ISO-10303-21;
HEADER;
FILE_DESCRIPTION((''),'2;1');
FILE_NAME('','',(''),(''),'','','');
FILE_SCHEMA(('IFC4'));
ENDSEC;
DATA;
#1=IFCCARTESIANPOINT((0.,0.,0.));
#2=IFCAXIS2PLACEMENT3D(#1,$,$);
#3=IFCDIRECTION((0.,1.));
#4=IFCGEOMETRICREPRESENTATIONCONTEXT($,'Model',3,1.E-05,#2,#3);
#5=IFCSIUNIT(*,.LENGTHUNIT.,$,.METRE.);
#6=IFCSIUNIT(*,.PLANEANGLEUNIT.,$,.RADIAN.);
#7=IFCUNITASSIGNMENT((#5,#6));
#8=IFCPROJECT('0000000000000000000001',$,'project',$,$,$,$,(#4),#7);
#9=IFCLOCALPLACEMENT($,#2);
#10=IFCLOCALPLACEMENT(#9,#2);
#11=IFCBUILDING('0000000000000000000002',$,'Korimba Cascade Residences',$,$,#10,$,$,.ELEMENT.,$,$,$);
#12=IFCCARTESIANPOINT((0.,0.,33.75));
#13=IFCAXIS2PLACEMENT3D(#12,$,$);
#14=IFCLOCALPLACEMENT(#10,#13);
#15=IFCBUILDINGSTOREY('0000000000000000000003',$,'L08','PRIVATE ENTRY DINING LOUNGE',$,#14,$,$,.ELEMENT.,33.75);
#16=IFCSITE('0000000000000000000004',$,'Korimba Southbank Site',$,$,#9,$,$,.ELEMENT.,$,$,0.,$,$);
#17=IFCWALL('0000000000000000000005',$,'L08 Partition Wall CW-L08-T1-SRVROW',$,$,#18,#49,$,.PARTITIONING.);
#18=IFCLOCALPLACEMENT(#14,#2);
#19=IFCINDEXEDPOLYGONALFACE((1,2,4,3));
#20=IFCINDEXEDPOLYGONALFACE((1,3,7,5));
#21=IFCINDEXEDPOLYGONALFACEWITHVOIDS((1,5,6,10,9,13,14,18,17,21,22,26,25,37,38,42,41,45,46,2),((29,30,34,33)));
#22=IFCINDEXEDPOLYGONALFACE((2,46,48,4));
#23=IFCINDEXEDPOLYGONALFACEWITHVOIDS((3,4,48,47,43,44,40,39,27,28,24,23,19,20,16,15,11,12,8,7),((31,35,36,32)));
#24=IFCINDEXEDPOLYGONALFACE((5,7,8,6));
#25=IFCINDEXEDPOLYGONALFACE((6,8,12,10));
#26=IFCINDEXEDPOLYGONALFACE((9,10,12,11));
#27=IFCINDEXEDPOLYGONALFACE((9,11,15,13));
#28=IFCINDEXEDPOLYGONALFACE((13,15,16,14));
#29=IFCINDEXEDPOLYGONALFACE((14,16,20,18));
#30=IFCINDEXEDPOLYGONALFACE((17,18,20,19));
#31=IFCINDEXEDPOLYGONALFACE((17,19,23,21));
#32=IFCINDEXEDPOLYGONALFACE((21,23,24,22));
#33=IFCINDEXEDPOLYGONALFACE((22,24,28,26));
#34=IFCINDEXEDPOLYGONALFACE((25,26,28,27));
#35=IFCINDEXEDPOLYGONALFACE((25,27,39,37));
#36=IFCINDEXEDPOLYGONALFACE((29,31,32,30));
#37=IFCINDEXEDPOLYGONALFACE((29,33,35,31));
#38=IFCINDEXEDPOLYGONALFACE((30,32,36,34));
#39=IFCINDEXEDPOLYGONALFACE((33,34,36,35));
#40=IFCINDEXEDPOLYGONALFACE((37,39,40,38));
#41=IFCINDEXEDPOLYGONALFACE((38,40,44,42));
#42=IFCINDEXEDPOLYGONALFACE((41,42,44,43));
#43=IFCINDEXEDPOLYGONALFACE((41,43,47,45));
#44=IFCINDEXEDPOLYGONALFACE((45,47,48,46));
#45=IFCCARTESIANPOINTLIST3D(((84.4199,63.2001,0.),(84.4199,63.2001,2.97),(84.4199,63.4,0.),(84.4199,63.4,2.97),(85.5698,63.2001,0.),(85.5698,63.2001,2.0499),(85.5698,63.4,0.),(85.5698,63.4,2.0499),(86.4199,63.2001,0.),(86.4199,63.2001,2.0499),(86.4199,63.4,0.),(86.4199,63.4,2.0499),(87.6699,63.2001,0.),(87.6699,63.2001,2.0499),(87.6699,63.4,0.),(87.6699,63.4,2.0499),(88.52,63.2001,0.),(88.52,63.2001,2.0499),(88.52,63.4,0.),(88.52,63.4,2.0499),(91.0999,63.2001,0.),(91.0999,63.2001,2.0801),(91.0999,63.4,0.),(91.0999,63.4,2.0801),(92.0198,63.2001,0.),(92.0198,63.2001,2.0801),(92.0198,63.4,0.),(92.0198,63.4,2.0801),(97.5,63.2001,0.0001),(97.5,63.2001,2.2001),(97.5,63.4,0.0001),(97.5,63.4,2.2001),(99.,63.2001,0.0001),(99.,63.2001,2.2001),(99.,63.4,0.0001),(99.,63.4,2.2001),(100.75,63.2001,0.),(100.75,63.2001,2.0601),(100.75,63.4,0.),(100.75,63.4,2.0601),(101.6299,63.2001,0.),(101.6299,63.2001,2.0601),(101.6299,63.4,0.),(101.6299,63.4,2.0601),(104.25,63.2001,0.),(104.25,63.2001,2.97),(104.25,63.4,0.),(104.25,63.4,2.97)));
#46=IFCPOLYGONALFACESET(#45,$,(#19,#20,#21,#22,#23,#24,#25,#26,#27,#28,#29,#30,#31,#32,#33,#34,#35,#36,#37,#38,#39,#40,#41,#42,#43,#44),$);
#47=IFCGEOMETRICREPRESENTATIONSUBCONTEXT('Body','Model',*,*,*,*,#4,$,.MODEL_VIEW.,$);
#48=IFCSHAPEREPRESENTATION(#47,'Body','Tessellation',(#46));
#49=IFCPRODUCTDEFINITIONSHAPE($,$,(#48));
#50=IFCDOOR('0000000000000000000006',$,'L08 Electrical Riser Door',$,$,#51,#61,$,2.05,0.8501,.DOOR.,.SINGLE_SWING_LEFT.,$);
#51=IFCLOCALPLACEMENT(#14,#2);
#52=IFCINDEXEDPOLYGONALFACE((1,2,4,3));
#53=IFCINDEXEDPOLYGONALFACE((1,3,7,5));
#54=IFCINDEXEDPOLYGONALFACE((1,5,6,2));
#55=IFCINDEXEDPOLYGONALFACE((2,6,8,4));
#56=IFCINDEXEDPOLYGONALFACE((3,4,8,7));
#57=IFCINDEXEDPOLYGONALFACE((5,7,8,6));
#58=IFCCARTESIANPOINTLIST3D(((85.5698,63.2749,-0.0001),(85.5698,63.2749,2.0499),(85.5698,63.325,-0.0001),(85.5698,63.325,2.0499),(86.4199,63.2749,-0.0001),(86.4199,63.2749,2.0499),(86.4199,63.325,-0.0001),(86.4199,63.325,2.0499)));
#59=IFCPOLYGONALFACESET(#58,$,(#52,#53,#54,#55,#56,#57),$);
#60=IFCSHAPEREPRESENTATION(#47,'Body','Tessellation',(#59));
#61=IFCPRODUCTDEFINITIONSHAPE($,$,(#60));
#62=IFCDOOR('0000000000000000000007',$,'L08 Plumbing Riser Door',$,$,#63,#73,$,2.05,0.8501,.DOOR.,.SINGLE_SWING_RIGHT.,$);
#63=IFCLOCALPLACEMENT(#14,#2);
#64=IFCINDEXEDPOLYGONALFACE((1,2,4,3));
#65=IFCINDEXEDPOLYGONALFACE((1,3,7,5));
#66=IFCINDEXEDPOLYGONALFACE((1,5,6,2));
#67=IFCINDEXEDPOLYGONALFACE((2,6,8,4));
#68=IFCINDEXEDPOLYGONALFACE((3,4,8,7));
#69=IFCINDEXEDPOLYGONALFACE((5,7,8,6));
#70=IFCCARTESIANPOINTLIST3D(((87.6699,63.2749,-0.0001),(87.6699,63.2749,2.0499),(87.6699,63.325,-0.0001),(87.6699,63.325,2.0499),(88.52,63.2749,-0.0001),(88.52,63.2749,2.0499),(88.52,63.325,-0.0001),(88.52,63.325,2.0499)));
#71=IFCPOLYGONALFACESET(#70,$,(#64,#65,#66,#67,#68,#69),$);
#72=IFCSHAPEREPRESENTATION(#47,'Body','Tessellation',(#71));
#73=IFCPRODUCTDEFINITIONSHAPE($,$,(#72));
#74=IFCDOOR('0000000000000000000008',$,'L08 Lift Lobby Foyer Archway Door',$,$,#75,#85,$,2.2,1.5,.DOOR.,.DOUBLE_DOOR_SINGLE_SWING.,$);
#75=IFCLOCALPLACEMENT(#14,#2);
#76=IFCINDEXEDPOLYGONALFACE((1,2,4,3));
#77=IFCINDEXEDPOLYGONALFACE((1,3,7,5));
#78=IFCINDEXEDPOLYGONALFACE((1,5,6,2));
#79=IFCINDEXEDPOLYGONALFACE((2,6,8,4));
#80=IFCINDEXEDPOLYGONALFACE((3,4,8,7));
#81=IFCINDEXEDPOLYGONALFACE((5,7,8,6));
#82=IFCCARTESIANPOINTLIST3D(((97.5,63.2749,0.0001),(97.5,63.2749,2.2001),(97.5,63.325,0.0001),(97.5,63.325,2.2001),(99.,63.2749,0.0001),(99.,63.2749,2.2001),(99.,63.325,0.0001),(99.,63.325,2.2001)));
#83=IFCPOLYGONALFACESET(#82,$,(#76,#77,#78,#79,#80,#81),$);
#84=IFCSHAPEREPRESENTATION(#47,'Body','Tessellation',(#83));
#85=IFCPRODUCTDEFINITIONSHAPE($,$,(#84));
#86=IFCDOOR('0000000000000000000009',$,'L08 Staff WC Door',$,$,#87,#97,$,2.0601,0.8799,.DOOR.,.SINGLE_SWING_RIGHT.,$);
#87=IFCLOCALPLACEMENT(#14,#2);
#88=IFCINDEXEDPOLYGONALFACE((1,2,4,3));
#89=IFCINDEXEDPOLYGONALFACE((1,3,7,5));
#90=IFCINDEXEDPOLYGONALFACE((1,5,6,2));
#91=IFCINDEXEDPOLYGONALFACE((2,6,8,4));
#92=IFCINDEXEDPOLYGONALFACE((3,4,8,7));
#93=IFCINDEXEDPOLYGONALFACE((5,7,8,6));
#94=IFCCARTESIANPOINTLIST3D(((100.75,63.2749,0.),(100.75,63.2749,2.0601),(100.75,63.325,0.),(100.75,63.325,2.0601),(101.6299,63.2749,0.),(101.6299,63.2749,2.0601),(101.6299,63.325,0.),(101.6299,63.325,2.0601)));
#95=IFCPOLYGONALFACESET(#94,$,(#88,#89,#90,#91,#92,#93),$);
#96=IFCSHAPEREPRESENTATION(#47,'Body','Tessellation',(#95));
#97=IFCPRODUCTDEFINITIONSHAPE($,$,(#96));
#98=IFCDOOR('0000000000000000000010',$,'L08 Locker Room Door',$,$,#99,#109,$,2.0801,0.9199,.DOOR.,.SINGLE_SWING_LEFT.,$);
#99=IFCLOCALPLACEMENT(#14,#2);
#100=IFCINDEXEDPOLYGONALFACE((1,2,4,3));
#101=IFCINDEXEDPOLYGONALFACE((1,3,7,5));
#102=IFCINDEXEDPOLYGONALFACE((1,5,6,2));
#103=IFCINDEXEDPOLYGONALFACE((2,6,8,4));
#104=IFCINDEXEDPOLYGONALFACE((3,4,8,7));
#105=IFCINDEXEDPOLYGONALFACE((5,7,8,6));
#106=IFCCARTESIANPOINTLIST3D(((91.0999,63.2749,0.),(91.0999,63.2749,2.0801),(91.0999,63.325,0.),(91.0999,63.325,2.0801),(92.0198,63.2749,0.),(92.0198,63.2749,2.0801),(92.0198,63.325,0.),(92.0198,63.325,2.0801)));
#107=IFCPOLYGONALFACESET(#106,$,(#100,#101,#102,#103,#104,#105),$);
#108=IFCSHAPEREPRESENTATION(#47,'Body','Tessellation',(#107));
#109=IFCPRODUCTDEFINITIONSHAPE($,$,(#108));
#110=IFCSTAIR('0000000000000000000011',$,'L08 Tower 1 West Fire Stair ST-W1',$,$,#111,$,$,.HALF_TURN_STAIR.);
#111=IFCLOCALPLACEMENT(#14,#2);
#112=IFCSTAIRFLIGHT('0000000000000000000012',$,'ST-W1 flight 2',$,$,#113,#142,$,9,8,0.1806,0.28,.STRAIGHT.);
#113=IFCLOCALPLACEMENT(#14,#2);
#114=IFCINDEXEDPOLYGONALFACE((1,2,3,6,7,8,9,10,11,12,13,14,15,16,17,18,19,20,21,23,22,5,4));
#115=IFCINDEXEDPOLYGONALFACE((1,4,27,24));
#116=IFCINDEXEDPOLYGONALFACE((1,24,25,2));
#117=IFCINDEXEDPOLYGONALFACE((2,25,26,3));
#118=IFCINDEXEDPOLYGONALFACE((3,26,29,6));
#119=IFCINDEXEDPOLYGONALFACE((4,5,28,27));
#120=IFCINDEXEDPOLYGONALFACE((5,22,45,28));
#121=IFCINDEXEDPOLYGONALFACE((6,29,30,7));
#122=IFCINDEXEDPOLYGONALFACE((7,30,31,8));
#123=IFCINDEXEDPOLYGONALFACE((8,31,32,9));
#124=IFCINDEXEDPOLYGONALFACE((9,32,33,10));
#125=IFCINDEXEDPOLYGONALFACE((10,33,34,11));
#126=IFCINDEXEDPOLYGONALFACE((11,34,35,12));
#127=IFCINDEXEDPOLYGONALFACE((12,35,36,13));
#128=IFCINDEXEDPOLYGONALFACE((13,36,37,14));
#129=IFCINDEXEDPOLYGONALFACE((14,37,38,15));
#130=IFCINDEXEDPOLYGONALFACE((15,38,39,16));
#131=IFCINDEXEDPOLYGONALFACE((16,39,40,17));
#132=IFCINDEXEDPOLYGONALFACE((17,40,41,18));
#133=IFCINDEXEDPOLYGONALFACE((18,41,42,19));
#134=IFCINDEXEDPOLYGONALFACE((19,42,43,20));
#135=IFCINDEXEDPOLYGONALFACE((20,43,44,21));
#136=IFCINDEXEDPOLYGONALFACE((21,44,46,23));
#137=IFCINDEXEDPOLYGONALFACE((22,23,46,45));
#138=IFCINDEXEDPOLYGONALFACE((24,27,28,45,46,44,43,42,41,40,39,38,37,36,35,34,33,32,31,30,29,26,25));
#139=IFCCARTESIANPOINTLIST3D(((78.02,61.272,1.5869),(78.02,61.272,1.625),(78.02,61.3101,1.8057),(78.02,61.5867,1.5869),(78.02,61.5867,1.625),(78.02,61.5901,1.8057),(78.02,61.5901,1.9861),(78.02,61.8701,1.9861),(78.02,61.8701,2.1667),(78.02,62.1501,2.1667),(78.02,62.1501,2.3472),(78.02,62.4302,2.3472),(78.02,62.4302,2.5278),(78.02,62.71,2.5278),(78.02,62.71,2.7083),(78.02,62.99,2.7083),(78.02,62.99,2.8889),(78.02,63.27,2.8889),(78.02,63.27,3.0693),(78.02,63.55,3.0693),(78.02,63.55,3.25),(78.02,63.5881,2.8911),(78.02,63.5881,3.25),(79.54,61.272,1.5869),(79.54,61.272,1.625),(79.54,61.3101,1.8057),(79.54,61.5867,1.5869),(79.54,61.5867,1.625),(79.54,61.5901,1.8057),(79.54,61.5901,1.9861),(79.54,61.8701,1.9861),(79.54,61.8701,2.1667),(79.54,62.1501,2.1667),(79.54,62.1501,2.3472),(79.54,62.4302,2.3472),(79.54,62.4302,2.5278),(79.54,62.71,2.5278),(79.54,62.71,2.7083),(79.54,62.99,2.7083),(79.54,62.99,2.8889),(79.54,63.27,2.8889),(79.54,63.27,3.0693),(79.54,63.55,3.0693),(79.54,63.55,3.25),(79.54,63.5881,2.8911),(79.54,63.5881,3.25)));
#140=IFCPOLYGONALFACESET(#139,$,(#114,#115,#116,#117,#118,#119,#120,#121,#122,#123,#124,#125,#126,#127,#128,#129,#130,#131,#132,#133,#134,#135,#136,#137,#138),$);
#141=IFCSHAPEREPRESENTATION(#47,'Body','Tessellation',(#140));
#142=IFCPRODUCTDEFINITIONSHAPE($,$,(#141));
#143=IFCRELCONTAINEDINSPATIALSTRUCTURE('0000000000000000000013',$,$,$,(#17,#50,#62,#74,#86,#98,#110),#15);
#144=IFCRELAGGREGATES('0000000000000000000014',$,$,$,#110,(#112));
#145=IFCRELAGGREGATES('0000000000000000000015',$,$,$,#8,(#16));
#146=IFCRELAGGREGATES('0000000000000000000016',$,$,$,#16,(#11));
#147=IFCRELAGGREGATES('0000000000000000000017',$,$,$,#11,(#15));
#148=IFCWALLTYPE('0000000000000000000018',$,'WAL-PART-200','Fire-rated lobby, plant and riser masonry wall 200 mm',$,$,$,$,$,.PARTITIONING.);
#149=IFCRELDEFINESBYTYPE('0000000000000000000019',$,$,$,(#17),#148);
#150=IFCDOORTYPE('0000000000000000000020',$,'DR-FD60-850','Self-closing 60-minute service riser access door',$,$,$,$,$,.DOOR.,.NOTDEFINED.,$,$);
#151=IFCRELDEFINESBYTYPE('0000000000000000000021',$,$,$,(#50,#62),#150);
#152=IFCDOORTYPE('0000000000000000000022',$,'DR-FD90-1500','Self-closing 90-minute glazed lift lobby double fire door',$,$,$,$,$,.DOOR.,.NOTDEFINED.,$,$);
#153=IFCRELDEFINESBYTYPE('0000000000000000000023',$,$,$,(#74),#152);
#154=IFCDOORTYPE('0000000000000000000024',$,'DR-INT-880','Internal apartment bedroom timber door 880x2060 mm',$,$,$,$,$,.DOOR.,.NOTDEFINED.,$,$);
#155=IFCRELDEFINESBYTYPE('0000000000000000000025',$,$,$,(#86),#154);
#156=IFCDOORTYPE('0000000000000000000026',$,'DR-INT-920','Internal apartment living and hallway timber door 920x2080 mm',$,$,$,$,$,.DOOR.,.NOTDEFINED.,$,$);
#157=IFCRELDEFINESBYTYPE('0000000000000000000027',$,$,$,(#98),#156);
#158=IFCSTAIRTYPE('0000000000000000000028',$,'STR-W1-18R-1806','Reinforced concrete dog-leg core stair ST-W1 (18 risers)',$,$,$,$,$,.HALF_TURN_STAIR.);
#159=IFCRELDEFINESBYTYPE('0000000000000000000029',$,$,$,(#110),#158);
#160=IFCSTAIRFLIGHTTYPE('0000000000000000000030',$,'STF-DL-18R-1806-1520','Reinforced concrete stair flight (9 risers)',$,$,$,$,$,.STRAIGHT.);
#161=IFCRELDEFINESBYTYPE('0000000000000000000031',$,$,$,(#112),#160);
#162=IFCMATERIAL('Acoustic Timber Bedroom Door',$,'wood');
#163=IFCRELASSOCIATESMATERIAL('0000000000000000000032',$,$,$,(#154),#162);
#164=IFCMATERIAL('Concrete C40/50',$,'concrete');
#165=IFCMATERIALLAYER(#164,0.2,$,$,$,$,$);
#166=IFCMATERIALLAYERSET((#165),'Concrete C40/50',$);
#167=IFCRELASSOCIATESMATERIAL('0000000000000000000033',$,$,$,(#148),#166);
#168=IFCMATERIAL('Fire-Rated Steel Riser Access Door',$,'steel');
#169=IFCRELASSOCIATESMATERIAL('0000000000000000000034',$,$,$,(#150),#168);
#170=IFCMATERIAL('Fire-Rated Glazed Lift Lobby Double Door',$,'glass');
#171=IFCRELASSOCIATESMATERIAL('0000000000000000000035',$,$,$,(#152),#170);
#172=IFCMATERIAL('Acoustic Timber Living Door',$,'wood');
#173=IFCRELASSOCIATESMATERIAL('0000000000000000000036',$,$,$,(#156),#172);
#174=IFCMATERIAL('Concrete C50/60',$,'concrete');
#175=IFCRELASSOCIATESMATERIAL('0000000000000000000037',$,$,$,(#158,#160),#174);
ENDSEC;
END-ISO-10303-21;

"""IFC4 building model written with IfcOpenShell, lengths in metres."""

from ifc_helpers import new_model, si_unit, direction, frame, frame_2d, origin, place, context, subcontext, project, spatial, polyline, rectangle, outline, extrude, material, layer, layer_set, type_object, element, fill, aggregate, save


model = new_model("IFC4")

# Units and contexts
model_context = context("Model", 3, precision=1e-05, world=origin(), true_north=direction((0.0, 1.0)))
body_context = subcontext(model_context, "Body", "Model", "MODEL_VIEW")
ifc_project = project(units=[si_unit("LENGTHUNIT", "METRE"), si_unit("PLANEANGLEUNIT", "RADIAN")], contexts=[model_context])

# Site, building, storey
site_placement = place(None, origin())
site = spatial("IfcSite", under=ifc_project, at=site_placement, Name="Korimba Southbank Site", CompositionType="ELEMENT", RefElevation=0.0)
building_placement = place(site_placement, origin())
building = spatial("IfcBuilding", under=site, at=building_placement, Name="Korimba Cascade Residences", CompositionType="ELEMENT")
storey_placement = place(building_placement, frame((0.0, 0.0, 33.75)))
storey = spatial("IfcBuildingStorey", under=building, at=storey_placement, Name="L08", Description="PRIVATE ENTRY DINING LOUNGE", CompositionType="ELEMENT", Elevation=33.75)

# Shared definitions
ifc_material_1 = material(Name="Acoustic Timber Bedroom Door", Category="wood")
door_type_1 = type_object("IfcDoorType", Name="DR-INT-880", Description="Internal apartment bedroom timber door 880x2060 mm", OperationType="NOTDEFINED", PredefinedType="DOOR", material=ifc_material_1)

# Shared definitions
ifc_material_2 = material(Name="Concrete C40/50", Category="concrete")
ifc_layer_1 = layer(ifc_material_2, 0.2)
ifc_layer_set_1 = layer_set([ifc_layer_1], Name="Concrete C40/50")
wall_type_1 = type_object("IfcWallType", Name="WAL-PART-200", Description="Fire-rated lobby, plant and riser masonry wall 200 mm", PredefinedType="PARTITIONING", material=ifc_layer_set_1)

# Wall, openings, doors
wall_1_placement = place(storey_placement, frame((84.4199, 63.3, 0.0), z_axis=(0.0, 0.0, 1.0), x_axis=(1.0, 0.0, 0.0)))
wall_1 = element("IfcWall", 1, at=wall_1_placement, inside=storey, type_object=wall_type_1, Name="L08 Partition Wall CW-L08-T1-SRVROW", PredefinedType="PARTITIONING", context=body_context, shape_type="SweptSolid", body=[
    extrude(rectangle(XDim=19.8301, YDim=0.2, at=frame_2d((9.915, 0.0))), origin(), (0.0, 0.0, 1.0), 2.97),
])
opening_1_placement = place(wall_1_placement, frame((1.1499, 0.0, 0.0)))
opening_1 = element("IfcOpeningElement", 2, at=opening_1_placement, cuts=wall_1, PredefinedType="OPENING", context=body_context, shape_type="SweptSolid", body=[
    extrude(rectangle(XDim=0.8501, YDim=2.05, at=frame_2d((0.425, 1.0249))), frame((0.0, 0.1099, 0.0), z_axis=(0.0, -1.0, 0.0), x_axis=(1.0, 0.0, 0.0)), (0.0, 0.0, 1.0), 0.22),
])
opening_2_placement = place(wall_1_placement, frame((3.25, 0.0, 0.0)))
opening_2 = element("IfcOpeningElement", 3, at=opening_2_placement, cuts=wall_1, PredefinedType="OPENING", context=body_context, shape_type="SweptSolid", body=[
    extrude(rectangle(XDim=0.8501, YDim=2.05, at=frame_2d((0.425, 1.0249))), frame((0.0, 0.1099, 0.0), z_axis=(0.0, -1.0, 0.0), x_axis=(1.0, 0.0, 0.0)), (0.0, 0.0, 1.0), 0.22),
])
opening_3_placement = place(wall_1_placement, frame((13.0801, 0.0, 0.0)))
opening_3 = element("IfcOpeningElement", 4, at=opening_3_placement, cuts=wall_1, PredefinedType="OPENING", context=body_context, shape_type="SweptSolid", body=[
    extrude(rectangle(XDim=1.5, YDim=2.2, at=frame_2d((0.75, 1.1001))), frame((0.0, 0.1099, 0.0), z_axis=(0.0, -1.0, 0.0), x_axis=(1.0, 0.0, 0.0)), (0.0, 0.0, 1.0), 0.22),
])
opening_4_placement = place(wall_1_placement, frame((6.6799, 0.0, 0.0)))
opening_4 = element("IfcOpeningElement", 5, at=opening_4_placement, cuts=wall_1, PredefinedType="OPENING", context=body_context, shape_type="SweptSolid", body=[
    extrude(rectangle(XDim=0.9199, YDim=2.0801, at=frame_2d((0.46, 1.04))), frame((0.0, 0.1099, 0.0), z_axis=(0.0, -1.0, 0.0), x_axis=(1.0, 0.0, 0.0)), (0.0, 0.0, 1.0), 0.22),
])
opening_5_placement = place(wall_1_placement, frame((16.3301, 0.0, 0.0)))
opening_5 = element("IfcOpeningElement", 6, at=opening_5_placement, cuts=wall_1, PredefinedType="OPENING", context=body_context, shape_type="SweptSolid", body=[
    extrude(rectangle(XDim=0.8799, YDim=2.0601, at=frame_2d((0.4399, 1.03))), frame((0.0, 0.1099, 0.0), z_axis=(0.0, -1.0, 0.0), x_axis=(1.0, 0.0, 0.0)), (0.0, 0.0, 1.0), 0.22),
])
ifc_material_3 = material(Name="Fire-Rated Steel Riser Access Door", Category="steel")
door_type_2 = type_object("IfcDoorType", Name="DR-FD60-850", Description="Self-closing 60-minute service riser access door", OperationType="NOTDEFINED", PredefinedType="DOOR", material=ifc_material_3)
door_1_placement = place(opening_1_placement, origin())
door_1 = element("IfcDoor", 7, at=door_1_placement, inside=storey, type_object=door_type_2, Name="L08 Electrical Riser Door", OperationType="SINGLE_SWING_LEFT", OverallHeight=2.05, OverallWidth=0.8501, PredefinedType="DOOR", context=body_context, shape_type="SweptSolid", body=[
    extrude(rectangle(XDim=0.8501, YDim=2.05, at=frame_2d((0.425, 1.0249))), frame((0.0, 0.0249, 0.0), z_axis=(0.0, -1.0, 0.0), x_axis=(1.0, 0.0, 0.0)), (0.0, 0.0, 1.0), 0.05),
])
fill(opening_1, door_1)
door_2_placement = place(opening_2_placement, origin())
door_2 = element("IfcDoor", 8, at=door_2_placement, inside=storey, type_object=door_type_2, Name="L08 Plumbing Riser Door", OperationType="SINGLE_SWING_RIGHT", OverallHeight=2.05, OverallWidth=0.8501, PredefinedType="DOOR", context=body_context, shape_type="SweptSolid", body=[
    extrude(rectangle(XDim=0.8501, YDim=2.05, at=frame_2d((0.425, 1.0249))), frame((0.0, 0.0249, 0.0), z_axis=(0.0, -1.0, 0.0), x_axis=(1.0, 0.0, 0.0)), (0.0, 0.0, 1.0), 0.05),
])
fill(opening_2, door_2)
ifc_material_4 = material(Name="Fire-Rated Glazed Lift Lobby Double Door", Category="glass")
door_type_3 = type_object("IfcDoorType", Name="DR-FD90-1500", Description="Self-closing 90-minute glazed lift lobby double fire door", OperationType="NOTDEFINED", PredefinedType="DOOR", material=ifc_material_4)
door_3_placement = place(opening_3_placement, origin())
door_3 = element("IfcDoor", 9, at=door_3_placement, inside=storey, type_object=door_type_3, Name="L08 Lift Lobby Foyer Archway Door", OperationType="DOUBLE_DOOR_SINGLE_SWING", OverallHeight=2.2, OverallWidth=1.5, PredefinedType="DOOR", context=body_context, shape_type="SweptSolid", body=[
    extrude(rectangle(XDim=1.5, YDim=2.2, at=frame_2d((0.75, 1.1001))), frame((0.0, 0.0249, 0.0), z_axis=(0.0, -1.0, 0.0), x_axis=(1.0, 0.0, 0.0)), (0.0, 0.0, 1.0), 0.05),
])
fill(opening_3, door_3)
door_4_placement = place(opening_5_placement, origin())
door_4 = element("IfcDoor", 10, at=door_4_placement, inside=storey, type_object=door_type_1, Name="L08 Staff WC Door", OperationType="SINGLE_SWING_RIGHT", OverallHeight=2.0601, OverallWidth=0.8799, PredefinedType="DOOR", context=body_context, shape_type="SweptSolid", body=[
    extrude(rectangle(XDim=0.8799, YDim=2.0601, at=frame_2d((0.4399, 1.03))), frame((0.0, 0.0249, 0.0), z_axis=(0.0, -1.0, 0.0), x_axis=(1.0, 0.0, 0.0)), (0.0, 0.0, 1.0), 0.05),
])
fill(opening_5, door_4)
ifc_material_5 = material(Name="Acoustic Timber Living Door", Category="wood")
door_type_4 = type_object("IfcDoorType", Name="DR-INT-920", Description="Internal apartment living and hallway timber door 920x2080 mm", OperationType="NOTDEFINED", PredefinedType="DOOR", material=ifc_material_5)
door_5_placement = place(opening_4_placement, origin())
door_5 = element("IfcDoor", 11, at=door_5_placement, inside=storey, type_object=door_type_4, Name="L08 Locker Room Door", OperationType="SINGLE_SWING_LEFT", OverallHeight=2.0801, OverallWidth=0.9199, PredefinedType="DOOR", context=body_context, shape_type="SweptSolid", body=[
    extrude(rectangle(XDim=0.9199, YDim=2.0801, at=frame_2d((0.46, 1.04))), frame((0.0, 0.0249, 0.0), z_axis=(0.0, -1.0, 0.0), x_axis=(1.0, 0.0, 0.0)), (0.0, 0.0, 1.0), 0.05),
])
fill(opening_4, door_5)
ifc_material_6 = material(Name="Concrete C50/60", Category="concrete")

# Stair, stair flight
stair_type = type_object("IfcStairType", Name="STR-W1-18R-1806", Description="Reinforced concrete dog-leg core stair ST-W1 (18 risers)", PredefinedType="HALF_TURN_STAIR", material=ifc_material_6)
stair_placement = place(storey_placement, origin())
stair = element("IfcStair", 12, at=stair_placement, inside=storey, type_object=stair_type, Name="L08 Tower 1 West Fire Stair ST-W1", PredefinedType="HALF_TURN_STAIR")
stair_flight_type = type_object("IfcStairFlightType", Name="STF-DL-18R-1806-1520", Description="Reinforced concrete stair flight (9 risers)", PredefinedType="STRAIGHT", material=ifc_material_6)
stair_flight_placement = place(storey_placement, frame((78.78, 61.3101, 1.625), z_axis=(0.0, 0.0, 1.0), x_axis=(0.0, 1.0, 0.0)))
stair_flight = element("IfcStairFlight", 13, at=stair_flight_placement, type_object=stair_flight_type, Name="ST-W1 flight 2", NumberOfRisers=9, NumberOfTreads=8, PredefinedType="STRAIGHT", RiserHeight=0.1806, TreadLength=0.28, context=body_context, shape_type="SweptSolid", body=[
    extrude(outline(polyline([(-0.0381, 0.0), (0.0, 0.1807), (0.28, 0.1807), (0.28, 0.3611), (0.5601, 0.3611), (0.5601, 0.5417), (0.8401, 0.5417), (0.8401, 0.7222), (1.1201, 0.7222), (1.1201, 0.9028), (1.3999, 0.9028), (1.3999, 1.0833), (1.6799, 1.0833), (1.6799, 1.2639), (1.96, 1.2639), (1.96, 1.4443), (2.24, 1.4443), (2.24, 1.625), (2.2781, 1.625), (2.2781, 1.2661), (0.2766, 0.0), (0.2766, -0.0381), (-0.0381, -0.0381), (-0.0381, 0.0)])), frame((0.0, 0.76, 0.0), z_axis=(0.0, -1.0, 0.0), x_axis=(1.0, 0.0, 0.0)), (0.0, 0.0, 1.0), 1.52),
])
aggregate(stair, [stair_flight])

save(model, "model.ifc")
